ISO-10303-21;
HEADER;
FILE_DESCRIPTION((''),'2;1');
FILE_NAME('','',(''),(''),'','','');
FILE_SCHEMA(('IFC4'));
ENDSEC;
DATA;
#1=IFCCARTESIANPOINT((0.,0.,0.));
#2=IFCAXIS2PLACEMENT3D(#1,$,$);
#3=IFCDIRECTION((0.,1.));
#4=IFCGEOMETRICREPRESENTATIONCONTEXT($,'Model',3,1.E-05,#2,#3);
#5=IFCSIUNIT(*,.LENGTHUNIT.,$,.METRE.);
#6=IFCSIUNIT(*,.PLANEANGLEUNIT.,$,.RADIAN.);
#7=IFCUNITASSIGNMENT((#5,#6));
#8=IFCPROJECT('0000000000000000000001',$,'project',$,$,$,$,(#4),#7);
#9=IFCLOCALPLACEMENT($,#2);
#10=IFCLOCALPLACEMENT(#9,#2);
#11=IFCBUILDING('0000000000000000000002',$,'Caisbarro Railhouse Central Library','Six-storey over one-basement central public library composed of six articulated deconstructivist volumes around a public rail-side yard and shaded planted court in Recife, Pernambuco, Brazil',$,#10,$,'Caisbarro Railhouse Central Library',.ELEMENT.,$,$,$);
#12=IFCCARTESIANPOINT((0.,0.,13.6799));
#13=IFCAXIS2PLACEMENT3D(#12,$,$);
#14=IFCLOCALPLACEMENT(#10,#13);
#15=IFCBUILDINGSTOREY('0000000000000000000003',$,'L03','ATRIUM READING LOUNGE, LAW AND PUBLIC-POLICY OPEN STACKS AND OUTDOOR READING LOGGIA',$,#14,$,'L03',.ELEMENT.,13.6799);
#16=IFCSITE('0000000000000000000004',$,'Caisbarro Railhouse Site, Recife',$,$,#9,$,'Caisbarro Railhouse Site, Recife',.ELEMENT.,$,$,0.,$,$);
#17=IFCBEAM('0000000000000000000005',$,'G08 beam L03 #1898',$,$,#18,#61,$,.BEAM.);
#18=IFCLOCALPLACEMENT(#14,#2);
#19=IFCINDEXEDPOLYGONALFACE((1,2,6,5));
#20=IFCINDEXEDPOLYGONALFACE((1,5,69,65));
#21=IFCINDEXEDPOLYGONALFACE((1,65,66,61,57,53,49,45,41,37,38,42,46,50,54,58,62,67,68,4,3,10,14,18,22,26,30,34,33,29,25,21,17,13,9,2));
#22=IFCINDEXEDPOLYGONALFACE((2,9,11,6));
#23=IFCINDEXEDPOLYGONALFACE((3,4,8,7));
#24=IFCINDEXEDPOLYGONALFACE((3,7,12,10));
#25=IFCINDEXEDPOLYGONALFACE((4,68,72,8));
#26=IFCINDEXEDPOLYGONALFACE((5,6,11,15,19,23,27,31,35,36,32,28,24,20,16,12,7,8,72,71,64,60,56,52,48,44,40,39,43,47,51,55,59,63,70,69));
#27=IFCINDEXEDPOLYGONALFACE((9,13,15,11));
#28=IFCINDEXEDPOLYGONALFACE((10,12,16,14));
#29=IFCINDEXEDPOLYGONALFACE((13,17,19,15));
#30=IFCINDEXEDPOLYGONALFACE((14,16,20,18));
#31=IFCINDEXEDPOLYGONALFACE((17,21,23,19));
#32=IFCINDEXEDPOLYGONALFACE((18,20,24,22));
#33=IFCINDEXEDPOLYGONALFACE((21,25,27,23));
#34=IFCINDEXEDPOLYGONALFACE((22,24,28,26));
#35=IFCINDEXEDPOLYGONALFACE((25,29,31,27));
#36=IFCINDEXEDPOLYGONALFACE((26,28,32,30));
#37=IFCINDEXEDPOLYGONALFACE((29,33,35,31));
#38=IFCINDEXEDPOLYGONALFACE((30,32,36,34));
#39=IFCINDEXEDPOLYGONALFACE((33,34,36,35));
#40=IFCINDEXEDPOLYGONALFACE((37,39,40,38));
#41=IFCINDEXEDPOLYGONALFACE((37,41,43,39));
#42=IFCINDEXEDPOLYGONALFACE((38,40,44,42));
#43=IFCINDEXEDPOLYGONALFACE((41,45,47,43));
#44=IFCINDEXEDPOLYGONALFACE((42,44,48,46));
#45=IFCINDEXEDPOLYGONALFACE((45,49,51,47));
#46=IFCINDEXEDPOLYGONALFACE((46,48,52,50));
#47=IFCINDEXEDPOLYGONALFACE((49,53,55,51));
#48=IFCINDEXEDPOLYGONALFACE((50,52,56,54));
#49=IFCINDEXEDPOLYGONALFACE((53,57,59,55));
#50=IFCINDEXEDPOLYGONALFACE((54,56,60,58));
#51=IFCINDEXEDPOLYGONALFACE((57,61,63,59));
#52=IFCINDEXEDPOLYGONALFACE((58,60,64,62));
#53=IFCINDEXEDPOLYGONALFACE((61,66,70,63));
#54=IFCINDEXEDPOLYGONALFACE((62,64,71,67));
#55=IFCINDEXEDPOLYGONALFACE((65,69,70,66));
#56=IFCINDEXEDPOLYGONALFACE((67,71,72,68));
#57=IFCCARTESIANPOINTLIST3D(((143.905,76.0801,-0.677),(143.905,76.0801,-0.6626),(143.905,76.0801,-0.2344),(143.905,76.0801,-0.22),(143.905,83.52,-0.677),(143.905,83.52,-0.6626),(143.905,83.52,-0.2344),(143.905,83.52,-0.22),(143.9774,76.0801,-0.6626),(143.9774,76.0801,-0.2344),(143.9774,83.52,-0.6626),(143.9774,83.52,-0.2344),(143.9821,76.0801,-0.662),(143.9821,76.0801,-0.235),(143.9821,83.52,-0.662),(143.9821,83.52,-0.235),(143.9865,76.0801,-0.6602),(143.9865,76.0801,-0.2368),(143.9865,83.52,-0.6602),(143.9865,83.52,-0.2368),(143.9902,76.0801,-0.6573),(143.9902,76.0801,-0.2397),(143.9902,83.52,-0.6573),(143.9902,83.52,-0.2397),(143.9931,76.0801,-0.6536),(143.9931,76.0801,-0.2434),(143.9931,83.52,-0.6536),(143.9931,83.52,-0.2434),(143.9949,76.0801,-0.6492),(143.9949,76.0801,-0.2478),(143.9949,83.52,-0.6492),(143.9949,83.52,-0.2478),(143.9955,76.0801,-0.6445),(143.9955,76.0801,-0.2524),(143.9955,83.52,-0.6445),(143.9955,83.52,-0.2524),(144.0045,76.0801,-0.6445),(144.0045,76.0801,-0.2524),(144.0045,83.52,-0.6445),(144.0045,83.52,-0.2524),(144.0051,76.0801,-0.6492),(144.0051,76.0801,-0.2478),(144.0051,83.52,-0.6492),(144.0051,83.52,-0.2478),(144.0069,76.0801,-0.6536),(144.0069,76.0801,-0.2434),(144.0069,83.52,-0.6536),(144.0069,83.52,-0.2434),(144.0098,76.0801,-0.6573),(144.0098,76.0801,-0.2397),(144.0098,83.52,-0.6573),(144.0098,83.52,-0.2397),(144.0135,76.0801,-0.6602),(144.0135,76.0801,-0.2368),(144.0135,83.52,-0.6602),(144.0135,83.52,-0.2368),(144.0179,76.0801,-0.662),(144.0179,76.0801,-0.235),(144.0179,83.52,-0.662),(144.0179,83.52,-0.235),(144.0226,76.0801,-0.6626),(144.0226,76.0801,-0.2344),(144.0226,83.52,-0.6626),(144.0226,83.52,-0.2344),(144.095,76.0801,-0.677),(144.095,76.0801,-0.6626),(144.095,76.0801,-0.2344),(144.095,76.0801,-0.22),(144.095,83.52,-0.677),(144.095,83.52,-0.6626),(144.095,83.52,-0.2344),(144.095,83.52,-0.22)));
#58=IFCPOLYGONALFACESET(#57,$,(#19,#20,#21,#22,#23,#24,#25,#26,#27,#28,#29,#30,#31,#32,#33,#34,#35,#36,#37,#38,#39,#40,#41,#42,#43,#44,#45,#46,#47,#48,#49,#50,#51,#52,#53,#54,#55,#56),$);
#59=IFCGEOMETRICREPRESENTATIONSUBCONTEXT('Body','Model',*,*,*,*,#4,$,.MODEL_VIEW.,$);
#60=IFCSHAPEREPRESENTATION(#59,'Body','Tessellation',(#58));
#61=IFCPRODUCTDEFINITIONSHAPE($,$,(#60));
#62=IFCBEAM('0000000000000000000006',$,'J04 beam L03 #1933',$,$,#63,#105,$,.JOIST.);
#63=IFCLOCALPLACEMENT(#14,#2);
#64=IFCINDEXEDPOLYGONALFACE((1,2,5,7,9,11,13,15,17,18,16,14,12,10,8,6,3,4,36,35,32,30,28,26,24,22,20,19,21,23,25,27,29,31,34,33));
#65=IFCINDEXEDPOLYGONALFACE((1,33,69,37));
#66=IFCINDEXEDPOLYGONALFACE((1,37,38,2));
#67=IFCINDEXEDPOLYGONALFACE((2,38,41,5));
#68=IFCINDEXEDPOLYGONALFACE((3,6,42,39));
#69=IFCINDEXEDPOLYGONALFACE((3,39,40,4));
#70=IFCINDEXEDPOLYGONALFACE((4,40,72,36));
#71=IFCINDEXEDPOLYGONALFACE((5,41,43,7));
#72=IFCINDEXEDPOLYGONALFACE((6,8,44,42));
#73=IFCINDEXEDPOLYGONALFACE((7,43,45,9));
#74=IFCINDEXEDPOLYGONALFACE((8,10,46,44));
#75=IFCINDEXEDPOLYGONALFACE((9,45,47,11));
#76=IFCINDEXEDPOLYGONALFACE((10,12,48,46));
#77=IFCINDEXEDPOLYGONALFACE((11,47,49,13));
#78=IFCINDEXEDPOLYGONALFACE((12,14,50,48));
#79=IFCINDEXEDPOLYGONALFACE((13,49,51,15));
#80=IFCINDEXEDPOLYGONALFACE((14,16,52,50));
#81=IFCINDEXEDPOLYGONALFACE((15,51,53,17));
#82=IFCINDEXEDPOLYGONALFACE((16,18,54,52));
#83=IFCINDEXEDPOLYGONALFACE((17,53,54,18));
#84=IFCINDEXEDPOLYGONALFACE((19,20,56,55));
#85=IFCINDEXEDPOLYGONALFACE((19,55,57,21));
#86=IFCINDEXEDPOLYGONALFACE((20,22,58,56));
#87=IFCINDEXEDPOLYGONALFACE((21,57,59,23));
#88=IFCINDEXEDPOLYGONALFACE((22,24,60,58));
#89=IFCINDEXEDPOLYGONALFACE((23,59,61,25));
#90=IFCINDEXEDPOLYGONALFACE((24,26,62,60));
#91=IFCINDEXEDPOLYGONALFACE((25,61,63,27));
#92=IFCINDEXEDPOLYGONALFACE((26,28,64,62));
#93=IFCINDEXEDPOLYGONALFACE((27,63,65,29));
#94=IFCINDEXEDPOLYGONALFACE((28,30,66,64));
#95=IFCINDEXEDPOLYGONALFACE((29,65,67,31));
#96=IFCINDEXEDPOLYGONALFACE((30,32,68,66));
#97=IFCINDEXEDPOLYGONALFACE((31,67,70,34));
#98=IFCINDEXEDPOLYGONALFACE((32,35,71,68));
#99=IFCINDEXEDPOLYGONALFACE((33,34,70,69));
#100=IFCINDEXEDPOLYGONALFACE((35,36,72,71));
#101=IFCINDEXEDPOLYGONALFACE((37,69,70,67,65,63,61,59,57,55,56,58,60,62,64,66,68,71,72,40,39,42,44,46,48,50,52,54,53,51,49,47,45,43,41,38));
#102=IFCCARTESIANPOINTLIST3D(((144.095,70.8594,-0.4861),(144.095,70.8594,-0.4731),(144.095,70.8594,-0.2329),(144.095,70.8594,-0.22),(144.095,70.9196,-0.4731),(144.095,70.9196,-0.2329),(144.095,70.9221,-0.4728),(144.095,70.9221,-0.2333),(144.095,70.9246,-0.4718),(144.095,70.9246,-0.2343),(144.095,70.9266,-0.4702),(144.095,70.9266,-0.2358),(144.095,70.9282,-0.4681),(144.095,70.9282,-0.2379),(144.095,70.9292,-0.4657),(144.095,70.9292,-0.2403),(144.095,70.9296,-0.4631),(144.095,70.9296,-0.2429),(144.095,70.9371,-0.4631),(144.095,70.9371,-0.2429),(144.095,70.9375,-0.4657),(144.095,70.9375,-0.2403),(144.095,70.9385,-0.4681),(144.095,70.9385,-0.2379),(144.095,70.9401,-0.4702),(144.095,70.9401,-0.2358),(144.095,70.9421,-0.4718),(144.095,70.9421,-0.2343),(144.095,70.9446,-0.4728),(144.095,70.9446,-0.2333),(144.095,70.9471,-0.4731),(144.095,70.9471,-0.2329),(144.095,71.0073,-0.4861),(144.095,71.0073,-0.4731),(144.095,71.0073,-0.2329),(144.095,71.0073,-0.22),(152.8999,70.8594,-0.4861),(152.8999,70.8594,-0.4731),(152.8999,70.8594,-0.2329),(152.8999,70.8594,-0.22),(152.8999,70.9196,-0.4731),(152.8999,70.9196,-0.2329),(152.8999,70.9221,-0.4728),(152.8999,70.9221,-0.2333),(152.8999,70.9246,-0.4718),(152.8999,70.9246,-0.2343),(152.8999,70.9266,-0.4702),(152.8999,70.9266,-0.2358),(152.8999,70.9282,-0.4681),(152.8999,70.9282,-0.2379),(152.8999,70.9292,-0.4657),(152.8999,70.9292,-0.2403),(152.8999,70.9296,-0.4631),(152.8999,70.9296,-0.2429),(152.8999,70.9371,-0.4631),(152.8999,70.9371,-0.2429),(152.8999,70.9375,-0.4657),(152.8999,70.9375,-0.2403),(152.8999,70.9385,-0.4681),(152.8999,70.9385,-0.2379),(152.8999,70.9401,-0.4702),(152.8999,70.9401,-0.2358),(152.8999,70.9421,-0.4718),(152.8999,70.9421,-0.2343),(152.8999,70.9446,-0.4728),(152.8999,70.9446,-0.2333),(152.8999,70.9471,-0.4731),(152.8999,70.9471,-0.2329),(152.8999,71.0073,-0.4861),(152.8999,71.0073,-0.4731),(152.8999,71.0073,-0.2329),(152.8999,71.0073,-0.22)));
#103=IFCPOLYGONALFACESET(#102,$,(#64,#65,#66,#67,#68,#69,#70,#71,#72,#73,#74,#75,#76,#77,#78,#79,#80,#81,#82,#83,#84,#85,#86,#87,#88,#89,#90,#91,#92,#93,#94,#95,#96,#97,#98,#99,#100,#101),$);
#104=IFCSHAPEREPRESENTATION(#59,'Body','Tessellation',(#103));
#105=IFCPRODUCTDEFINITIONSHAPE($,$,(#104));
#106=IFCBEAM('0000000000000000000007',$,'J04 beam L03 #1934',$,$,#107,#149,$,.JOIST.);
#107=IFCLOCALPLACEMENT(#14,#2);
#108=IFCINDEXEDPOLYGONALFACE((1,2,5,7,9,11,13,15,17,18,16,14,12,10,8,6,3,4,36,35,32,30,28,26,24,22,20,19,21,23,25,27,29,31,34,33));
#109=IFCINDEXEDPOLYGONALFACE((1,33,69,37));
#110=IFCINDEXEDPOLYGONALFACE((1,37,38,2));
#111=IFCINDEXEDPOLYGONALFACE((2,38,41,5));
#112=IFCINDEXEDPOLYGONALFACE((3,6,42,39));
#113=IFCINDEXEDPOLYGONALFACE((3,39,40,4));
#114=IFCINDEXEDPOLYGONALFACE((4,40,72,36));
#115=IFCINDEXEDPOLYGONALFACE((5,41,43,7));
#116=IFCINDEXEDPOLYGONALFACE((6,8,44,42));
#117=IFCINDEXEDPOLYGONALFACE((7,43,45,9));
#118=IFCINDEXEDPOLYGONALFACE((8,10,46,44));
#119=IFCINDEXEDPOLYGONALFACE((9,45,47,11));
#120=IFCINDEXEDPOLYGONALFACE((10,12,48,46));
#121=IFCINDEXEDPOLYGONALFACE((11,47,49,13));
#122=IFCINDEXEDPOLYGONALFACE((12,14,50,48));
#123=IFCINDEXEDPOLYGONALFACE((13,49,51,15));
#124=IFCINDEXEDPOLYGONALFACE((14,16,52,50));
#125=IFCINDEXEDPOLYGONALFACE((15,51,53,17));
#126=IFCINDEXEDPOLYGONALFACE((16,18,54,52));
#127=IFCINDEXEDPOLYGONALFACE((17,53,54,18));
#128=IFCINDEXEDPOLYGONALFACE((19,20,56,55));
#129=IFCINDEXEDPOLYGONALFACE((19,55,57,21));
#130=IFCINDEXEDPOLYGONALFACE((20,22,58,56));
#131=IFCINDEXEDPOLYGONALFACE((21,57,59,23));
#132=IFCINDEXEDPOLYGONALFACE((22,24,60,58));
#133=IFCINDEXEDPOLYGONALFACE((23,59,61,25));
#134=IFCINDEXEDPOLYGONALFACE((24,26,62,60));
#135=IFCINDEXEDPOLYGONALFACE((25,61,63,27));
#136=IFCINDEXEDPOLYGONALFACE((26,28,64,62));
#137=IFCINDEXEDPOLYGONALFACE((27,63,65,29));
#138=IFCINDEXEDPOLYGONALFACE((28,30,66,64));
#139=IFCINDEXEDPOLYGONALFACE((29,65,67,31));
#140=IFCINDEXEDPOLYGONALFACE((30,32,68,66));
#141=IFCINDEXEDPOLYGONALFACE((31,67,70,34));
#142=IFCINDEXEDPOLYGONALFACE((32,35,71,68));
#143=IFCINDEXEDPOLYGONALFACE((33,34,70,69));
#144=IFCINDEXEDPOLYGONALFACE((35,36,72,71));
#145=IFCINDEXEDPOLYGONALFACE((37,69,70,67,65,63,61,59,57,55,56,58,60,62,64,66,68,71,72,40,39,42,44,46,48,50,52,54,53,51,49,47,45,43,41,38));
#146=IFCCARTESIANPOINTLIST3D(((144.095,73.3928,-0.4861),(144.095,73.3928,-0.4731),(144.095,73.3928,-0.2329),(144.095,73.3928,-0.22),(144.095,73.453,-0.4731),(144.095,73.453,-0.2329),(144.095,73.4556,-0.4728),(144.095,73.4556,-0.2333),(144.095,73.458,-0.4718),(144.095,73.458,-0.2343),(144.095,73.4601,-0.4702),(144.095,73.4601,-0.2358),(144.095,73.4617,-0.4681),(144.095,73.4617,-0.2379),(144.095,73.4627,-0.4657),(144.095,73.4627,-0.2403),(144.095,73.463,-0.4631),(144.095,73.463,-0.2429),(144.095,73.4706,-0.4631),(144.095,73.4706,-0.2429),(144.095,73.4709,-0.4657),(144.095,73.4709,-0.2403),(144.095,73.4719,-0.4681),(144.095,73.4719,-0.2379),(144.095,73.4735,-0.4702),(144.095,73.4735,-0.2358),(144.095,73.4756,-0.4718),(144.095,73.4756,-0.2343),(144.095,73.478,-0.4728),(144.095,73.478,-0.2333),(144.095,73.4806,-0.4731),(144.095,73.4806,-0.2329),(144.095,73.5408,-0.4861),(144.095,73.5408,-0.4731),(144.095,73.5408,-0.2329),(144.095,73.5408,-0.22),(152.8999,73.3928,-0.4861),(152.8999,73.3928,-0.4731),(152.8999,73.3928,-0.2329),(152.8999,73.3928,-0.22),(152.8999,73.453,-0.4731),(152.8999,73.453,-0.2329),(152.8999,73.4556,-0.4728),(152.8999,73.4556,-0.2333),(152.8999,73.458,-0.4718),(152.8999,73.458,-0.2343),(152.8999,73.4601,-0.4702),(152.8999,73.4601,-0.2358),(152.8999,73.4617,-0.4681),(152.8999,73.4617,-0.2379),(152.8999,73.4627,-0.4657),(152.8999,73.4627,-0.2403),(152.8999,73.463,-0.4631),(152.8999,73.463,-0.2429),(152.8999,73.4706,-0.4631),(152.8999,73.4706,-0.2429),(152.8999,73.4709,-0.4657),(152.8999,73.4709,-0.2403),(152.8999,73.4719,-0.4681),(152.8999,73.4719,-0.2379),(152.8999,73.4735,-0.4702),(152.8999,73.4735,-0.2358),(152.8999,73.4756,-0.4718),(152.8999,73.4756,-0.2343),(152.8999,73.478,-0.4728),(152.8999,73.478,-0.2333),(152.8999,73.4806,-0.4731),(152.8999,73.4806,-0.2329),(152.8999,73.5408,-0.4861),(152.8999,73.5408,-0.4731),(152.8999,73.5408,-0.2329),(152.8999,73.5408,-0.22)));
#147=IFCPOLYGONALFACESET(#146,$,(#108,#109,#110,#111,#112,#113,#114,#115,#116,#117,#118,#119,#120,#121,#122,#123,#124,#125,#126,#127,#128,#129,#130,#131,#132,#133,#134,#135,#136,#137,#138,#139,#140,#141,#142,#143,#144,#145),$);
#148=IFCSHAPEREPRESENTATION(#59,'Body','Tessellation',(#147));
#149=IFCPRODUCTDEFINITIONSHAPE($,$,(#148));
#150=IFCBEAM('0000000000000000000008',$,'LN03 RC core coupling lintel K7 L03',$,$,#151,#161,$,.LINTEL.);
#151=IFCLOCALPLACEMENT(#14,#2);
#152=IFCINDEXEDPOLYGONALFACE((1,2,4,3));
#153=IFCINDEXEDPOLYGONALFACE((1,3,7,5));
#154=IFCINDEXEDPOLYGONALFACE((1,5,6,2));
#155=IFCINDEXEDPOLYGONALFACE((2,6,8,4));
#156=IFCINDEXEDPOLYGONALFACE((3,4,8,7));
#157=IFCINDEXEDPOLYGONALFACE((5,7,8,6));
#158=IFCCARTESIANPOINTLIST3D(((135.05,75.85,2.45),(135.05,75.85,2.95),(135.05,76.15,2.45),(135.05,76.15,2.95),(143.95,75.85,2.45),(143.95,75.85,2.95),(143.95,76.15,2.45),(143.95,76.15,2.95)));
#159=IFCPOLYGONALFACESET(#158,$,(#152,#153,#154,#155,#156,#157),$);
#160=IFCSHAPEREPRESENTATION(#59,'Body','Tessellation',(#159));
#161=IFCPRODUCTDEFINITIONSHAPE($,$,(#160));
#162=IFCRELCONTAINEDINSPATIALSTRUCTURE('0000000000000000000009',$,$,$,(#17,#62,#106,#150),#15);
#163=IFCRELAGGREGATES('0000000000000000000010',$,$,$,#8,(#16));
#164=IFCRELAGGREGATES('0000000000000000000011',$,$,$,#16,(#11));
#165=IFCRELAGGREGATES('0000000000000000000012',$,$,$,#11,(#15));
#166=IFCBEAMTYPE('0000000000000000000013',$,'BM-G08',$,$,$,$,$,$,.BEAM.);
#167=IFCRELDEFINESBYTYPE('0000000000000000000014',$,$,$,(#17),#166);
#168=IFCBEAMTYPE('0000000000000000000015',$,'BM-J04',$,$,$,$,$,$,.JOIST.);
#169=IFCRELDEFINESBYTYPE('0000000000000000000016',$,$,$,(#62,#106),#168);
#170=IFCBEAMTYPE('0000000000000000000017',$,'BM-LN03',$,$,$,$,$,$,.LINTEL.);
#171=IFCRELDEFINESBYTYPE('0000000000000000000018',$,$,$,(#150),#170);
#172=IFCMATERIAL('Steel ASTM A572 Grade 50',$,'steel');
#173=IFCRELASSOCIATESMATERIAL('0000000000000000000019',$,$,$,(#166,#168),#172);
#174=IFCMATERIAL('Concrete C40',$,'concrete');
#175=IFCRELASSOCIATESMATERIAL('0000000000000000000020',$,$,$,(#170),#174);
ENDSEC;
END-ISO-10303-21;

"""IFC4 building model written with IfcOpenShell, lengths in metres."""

from ifc_helpers import new_model, si_unit, direction, frame, origin, origin_2d, place, context, subcontext, project, spatial, rectangle, i_section, extrude, material, material_profile, profile_set, type_object, element, save


model = new_model("IFC4")

# Units and contexts
model_context = context("Model", 3, precision=1e-05, world=origin(), true_north=direction((0.0, 1.0)))
body_context = subcontext(model_context, "Body", "Model", "MODEL_VIEW")
ifc_project = project(units=[si_unit("LENGTHUNIT", "METRE"), si_unit("PLANEANGLEUNIT", "RADIAN")], contexts=[model_context])

# Site, building, storey
site_placement = place(None, origin())
site = spatial("IfcSite", under=ifc_project, at=site_placement, Name="Caisbarro Railhouse Site, Recife", LongName="Caisbarro Railhouse Site, Recife", CompositionType="ELEMENT", RefElevation=0.0)
building_placement = place(site_placement, origin())
building = spatial("IfcBuilding", under=site, at=building_placement, Name="Caisbarro Railhouse Central Library", Description="Six-storey over one-basement central public library composed of six articulated deconstructivist volumes around a public rail-side yard and shaded planted court in Recife, Pernambuco, Brazil", LongName="Caisbarro Railhouse Central Library", CompositionType="ELEMENT")
storey_placement = place(building_placement, frame((0.0, 0.0, 13.6799)))
storey = spatial("IfcBuildingStorey", under=building, at=storey_placement, Name="L03", Description="ATRIUM READING LOUNGE, LAW AND PUBLIC-POLICY OPEN STACKS AND OUTDOOR READING LOGGIA", LongName="L03", CompositionType="ELEMENT", Elevation=13.6799)

# Shared definitions
ifc_material_1 = material(Name="Steel ASTM A572 Grade 50", Category="steel")

# Beams
ifc_material_profile_1 = material_profile(ifc_material_1, i_section(OverallWidth=0.1899, OverallDepth=0.457, WebThickness=0.009, FlangeThickness=0.0144, FilletRadius=0.0181, at=origin_2d()), Name="W460X74.0")
ifc_profile_set_1 = profile_set([ifc_material_profile_1], Name="Steel ASTM A572 Grade 50")
beam_type_1 = type_object("IfcBeamType", Name="BM-G08", PredefinedType="BEAM", material=ifc_profile_set_1)
for number, where, z_axis, x_axis, name in (
    (1, (144.0, 76.0801, -0.4485), (0.0, 1.0, 0.0), (-1.0, 0.0, 0.0), "G08 beam L03 #1898"),
):
    element("IfcBeam", number, at=place(storey_placement, frame(where, z_axis=z_axis, x_axis=x_axis)), inside=storey, type_object=beam_type_1, Name=name, PredefinedType="BEAM", context=body_context, shape_type="SweptSolid", body=[
        extrude(i_section(OverallWidth=0.1899, OverallDepth=0.457, WebThickness=0.009, FlangeThickness=0.0144, FilletRadius=0.0181, at=origin_2d()), origin(), (0.0, 0.0, 1.0), 7.4399),
    ])
ifc_material_profile_2 = material_profile(ifc_material_1, i_section(OverallWidth=0.1479, OverallDepth=0.2661, WebThickness=0.0076, FlangeThickness=0.0129, FilletRadius=0.01, at=origin_2d()), Name="W250X44.8")
ifc_profile_set_2 = profile_set([ifc_material_profile_2], Name="Steel ASTM A572 Grade 50")
beam_type_2 = type_object("IfcBeamType", Name="BM-J04", PredefinedType="JOIST", material=ifc_profile_set_2)
for number, where, z_axis, x_axis, name in (
    (2, (144.095, 70.9333, -0.353), (1.0, 0.0, 0.0), (0.0, 1.0, 0.0), "J04 beam L03 #1933"),
    (3, (144.095, 73.4668, -0.353), (1.0, 0.0, 0.0), (0.0, 1.0, 0.0), "J04 beam L03 #1934"),
):
    element("IfcBeam", number, at=place(storey_placement, frame(where, z_axis=z_axis, x_axis=x_axis)), inside=storey, type_object=beam_type_2, Name=name, PredefinedType="JOIST", context=body_context, shape_type="SweptSolid", body=[
        extrude(i_section(OverallWidth=0.1479, OverallDepth=0.2661, WebThickness=0.0076, FlangeThickness=0.0129, FilletRadius=0.01, at=origin_2d()), origin(), (0.0, 0.0, 1.0), 8.8049),
    ])
ifc_material_2 = material(Name="Concrete C40", Category="concrete")
ifc_material_profile_3 = material_profile(ifc_material_2, rectangle(XDim=0.3, YDim=0.5, at=origin_2d()), Name="RC-LIN-300X500")
ifc_profile_set_3 = profile_set([ifc_material_profile_3], Name="Concrete C40")
beam_type_3 = type_object("IfcBeamType", Name="BM-LN03", PredefinedType="LINTEL", material=ifc_profile_set_3)
beam_placement = place(storey_placement, frame((135.05, 76.0, 2.7), z_axis=(1.0, 0.0, 0.0), x_axis=(0.0, 1.0, 0.0)))
element("IfcBeam", 4, at=beam_placement, inside=storey, type_object=beam_type_3, Name="LN03 RC core coupling lintel K7 L03", PredefinedType="LINTEL", context=body_context, shape_type="SweptSolid", body=[
    extrude(rectangle(XDim=0.3, YDim=0.5, at=origin_2d()), origin(), (0.0, 0.0, 1.0), 8.8999),
])

save(model, "model.ifc")
